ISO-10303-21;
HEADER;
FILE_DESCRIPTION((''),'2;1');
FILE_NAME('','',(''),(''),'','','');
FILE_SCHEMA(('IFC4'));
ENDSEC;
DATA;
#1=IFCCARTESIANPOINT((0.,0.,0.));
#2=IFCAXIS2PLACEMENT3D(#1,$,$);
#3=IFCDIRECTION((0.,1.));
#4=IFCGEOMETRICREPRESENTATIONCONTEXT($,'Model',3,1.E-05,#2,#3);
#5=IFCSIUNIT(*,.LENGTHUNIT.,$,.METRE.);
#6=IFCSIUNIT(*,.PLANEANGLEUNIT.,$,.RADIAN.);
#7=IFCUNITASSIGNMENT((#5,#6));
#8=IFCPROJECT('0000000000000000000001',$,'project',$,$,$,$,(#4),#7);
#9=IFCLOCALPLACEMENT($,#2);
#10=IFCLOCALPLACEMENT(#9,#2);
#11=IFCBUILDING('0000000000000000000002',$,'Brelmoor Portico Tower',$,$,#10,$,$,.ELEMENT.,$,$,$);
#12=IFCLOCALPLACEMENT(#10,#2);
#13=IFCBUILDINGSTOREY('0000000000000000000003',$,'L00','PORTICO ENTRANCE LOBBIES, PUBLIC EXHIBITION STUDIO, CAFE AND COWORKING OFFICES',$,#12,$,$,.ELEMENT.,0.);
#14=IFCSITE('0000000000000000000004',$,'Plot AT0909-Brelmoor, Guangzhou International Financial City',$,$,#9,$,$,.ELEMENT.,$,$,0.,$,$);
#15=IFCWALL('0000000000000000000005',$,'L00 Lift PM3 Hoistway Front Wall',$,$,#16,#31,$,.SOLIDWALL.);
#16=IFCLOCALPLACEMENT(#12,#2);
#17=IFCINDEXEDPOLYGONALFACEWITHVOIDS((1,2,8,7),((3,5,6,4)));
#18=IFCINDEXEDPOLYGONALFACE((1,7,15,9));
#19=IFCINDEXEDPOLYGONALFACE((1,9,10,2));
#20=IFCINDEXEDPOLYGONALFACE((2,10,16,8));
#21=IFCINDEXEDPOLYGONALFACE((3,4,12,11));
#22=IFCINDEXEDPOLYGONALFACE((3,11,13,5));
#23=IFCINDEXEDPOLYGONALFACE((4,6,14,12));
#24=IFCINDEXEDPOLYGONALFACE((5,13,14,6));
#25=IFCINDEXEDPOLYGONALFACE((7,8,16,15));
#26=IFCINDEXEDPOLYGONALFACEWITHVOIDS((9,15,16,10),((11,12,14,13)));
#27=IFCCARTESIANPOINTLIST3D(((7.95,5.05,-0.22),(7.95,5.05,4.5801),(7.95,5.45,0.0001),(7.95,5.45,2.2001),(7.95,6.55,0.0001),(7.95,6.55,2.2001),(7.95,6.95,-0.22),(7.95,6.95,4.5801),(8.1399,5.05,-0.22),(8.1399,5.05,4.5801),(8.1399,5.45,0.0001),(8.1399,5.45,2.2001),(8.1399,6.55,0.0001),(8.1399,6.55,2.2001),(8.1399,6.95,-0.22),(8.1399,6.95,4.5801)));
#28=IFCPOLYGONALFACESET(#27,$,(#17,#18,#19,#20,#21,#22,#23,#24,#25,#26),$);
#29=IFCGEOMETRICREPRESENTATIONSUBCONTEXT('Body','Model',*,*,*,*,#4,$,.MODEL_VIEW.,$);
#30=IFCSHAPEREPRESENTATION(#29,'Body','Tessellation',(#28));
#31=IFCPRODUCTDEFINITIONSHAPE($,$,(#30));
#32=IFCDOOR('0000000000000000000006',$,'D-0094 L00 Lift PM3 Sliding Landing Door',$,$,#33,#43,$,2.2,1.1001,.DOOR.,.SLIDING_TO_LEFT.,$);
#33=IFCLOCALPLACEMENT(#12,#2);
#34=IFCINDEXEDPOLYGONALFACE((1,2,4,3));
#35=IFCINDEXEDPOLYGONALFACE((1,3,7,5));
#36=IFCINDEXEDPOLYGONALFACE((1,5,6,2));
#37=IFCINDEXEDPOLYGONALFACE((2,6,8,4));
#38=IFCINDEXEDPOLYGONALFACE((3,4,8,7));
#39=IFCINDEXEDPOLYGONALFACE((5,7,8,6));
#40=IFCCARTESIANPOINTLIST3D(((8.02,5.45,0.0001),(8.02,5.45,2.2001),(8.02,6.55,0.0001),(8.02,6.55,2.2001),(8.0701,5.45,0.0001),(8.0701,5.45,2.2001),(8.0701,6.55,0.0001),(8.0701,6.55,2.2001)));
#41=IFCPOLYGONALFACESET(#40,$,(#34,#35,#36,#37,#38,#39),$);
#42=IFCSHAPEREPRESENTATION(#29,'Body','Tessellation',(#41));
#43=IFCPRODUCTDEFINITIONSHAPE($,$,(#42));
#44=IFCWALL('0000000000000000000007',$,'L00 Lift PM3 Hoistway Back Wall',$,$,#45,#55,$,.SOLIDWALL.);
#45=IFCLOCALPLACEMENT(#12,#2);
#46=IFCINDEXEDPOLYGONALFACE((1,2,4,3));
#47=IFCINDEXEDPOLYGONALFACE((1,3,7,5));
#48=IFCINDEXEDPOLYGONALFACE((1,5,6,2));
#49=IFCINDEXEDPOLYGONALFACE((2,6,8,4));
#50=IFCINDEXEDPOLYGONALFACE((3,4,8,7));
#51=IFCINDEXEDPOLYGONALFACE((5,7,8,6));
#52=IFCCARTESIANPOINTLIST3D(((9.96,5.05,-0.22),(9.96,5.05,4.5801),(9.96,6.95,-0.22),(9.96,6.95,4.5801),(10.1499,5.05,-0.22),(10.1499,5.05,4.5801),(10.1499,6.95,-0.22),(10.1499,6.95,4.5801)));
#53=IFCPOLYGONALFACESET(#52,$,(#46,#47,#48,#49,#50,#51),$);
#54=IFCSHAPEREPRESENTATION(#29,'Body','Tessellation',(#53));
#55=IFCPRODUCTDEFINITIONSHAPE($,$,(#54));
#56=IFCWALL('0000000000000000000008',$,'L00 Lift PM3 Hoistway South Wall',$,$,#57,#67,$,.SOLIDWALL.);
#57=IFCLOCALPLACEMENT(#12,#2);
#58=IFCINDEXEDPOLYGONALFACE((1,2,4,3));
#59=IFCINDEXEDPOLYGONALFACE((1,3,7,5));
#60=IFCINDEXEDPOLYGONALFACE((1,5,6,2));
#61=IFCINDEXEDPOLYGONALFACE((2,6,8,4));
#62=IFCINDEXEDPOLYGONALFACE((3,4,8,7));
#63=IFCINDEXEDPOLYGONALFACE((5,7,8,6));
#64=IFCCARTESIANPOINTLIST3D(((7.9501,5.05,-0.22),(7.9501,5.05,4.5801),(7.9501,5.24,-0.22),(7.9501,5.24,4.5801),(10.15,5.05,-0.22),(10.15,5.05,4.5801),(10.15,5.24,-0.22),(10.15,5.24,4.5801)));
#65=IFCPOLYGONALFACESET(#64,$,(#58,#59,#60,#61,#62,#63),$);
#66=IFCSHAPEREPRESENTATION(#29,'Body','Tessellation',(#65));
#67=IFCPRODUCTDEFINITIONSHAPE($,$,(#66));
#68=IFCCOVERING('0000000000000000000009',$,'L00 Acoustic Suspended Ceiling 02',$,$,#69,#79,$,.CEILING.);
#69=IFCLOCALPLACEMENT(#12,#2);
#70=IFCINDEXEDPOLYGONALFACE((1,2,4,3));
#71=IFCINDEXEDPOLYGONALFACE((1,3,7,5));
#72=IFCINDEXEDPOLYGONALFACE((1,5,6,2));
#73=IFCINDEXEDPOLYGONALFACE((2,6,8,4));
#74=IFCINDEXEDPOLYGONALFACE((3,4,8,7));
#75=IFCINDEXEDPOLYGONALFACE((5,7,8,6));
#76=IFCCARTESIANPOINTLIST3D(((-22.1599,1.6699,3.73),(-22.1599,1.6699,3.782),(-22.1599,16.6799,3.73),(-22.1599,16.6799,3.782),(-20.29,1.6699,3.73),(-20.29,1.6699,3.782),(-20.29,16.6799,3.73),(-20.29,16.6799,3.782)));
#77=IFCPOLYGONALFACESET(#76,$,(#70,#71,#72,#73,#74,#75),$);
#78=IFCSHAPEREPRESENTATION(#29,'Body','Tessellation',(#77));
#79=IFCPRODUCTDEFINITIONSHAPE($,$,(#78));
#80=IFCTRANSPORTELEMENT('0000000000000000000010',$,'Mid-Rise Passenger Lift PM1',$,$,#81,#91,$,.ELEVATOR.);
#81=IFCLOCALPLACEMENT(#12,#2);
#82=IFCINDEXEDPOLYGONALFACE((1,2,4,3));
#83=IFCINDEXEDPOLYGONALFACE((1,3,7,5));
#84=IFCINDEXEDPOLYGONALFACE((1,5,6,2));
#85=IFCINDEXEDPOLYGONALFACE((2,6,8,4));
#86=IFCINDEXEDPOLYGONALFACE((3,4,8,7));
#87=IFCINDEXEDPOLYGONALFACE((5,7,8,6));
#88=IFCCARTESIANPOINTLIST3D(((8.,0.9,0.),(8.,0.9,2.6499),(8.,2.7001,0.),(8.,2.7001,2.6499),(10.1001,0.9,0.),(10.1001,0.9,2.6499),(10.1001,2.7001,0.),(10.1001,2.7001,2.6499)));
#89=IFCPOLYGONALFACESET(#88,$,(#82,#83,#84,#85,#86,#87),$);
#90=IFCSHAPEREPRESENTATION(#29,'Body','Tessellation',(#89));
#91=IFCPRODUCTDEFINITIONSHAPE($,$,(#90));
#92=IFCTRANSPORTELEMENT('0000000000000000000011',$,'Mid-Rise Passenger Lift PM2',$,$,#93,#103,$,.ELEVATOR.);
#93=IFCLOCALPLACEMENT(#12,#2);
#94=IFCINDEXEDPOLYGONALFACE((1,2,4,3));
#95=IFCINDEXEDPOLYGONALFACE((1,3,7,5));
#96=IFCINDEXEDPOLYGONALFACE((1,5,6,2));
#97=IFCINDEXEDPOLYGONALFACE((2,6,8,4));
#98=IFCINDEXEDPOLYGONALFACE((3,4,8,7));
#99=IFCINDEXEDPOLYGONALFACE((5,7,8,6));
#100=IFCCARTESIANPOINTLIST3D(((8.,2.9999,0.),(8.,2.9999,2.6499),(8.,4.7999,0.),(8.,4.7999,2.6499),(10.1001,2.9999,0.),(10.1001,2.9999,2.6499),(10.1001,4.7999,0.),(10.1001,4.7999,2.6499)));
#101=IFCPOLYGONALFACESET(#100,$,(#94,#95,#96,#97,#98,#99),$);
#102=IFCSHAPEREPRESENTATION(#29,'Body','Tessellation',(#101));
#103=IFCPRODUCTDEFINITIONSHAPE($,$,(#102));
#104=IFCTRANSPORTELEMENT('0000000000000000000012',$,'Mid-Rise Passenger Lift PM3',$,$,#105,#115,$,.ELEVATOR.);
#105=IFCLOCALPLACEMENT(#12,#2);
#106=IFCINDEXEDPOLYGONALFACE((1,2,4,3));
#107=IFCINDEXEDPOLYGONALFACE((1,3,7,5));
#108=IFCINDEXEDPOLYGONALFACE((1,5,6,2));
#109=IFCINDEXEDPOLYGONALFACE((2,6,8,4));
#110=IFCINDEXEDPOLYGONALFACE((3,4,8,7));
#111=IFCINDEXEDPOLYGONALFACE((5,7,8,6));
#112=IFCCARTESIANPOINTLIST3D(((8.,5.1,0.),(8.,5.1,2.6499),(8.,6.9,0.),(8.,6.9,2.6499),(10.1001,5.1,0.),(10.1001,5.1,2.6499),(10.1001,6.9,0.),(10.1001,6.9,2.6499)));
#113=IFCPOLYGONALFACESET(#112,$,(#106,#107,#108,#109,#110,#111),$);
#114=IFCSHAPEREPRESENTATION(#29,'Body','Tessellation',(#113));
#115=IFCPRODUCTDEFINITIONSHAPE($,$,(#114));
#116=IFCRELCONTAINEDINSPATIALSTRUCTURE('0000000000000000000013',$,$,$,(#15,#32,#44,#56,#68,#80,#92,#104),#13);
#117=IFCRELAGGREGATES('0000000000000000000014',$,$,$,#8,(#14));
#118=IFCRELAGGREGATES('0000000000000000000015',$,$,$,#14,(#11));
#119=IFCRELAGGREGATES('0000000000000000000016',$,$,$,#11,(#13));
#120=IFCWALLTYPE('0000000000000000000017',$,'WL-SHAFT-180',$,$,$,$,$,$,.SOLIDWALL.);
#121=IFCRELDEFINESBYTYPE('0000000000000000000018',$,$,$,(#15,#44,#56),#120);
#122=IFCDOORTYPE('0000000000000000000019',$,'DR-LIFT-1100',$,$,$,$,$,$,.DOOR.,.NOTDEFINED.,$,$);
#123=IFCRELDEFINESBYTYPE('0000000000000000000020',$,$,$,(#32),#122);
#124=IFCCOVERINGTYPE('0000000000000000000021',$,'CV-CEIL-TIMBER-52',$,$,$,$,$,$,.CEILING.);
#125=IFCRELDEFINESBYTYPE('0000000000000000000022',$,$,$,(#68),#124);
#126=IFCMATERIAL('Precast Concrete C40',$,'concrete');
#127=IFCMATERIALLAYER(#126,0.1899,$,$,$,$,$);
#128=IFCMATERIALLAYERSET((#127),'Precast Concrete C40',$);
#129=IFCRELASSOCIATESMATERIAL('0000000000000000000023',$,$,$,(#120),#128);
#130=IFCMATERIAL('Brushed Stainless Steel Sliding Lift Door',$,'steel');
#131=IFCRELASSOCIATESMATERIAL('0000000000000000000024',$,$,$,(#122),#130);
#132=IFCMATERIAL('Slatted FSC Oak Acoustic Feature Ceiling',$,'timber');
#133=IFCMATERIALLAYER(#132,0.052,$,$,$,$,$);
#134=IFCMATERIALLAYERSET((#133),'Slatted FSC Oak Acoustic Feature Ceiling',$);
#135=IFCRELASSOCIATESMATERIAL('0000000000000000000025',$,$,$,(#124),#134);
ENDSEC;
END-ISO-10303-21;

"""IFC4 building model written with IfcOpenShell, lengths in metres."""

from ifc_helpers import new_model, si_unit, direction, frame, frame_2d, origin, origin_2d, place, context, subcontext, project, spatial, polyline, rectangle, outline, extrude, material, layer, layer_set, type_object, element, fill, save


model = new_model("IFC4")

# Units and contexts
model_context = context("Model", 3, precision=1e-05, world=origin(), true_north=direction((0.0, 1.0)))
body_context = subcontext(model_context, "Body", "Model", "MODEL_VIEW")
ifc_project = project(units=[si_unit("LENGTHUNIT", "METRE"), si_unit("PLANEANGLEUNIT", "RADIAN")], contexts=[model_context])

# Site, building, storey
site_placement = place(None, origin())
site = spatial("IfcSite", under=ifc_project, at=site_placement, Name="Plot AT0909-Brelmoor, Guangzhou International Financial City", CompositionType="ELEMENT", RefElevation=0.0)
building_placement = place(site_placement, origin())
building = spatial("IfcBuilding", under=site, at=building_placement, Name="Brelmoor Portico Tower", CompositionType="ELEMENT")
storey_placement = place(building_placement, origin())
storey = spatial("IfcBuildingStorey", under=building, at=storey_placement, Name="L00", Description="PORTICO ENTRANCE LOBBIES, PUBLIC EXHIBITION STUDIO, CAFE AND COWORKING OFFICES", CompositionType="ELEMENT", Elevation=0.0)

# Shared definitions
ifc_material_1 = material(Name="Precast Concrete C40", Category="concrete")
ifc_layer_1 = layer(ifc_material_1, 0.1899)
ifc_layer_set_1 = layer_set([ifc_layer_1], Name="Precast Concrete C40")
wall_type = type_object("IfcWallType", Name="WL-SHAFT-180", PredefinedType="SOLIDWALL", material=ifc_layer_set_1)
ifc_material_2 = material(Name="Brushed Stainless Steel Sliding Lift Door", Category="steel")
door_type = type_object("IfcDoorType", Name="DR-LIFT-1100", OperationType="NOTDEFINED", PredefinedType="DOOR", material=ifc_material_2)

# Wall, opening, door
wall_1_placement = place(storey_placement, frame((8.0449, 5.05, -0.22), z_axis=(0.0, 0.0, 1.0), x_axis=(0.0, 1.0, 0.0)))
wall_1 = element("IfcWall", 1, at=wall_1_placement, inside=storey, type_object=wall_type, Name="L00 Lift PM3 Hoistway Front Wall", PredefinedType="SOLIDWALL", context=body_context, shape_type="SweptSolid", body=[
    extrude(rectangle(XDim=1.8999, YDim=0.1899, at=frame_2d((0.95, 0.0))), origin(), (0.0, 0.0, 1.0), 4.8),
])
opening_1_placement = place(wall_1_placement, frame((0.3999, 0.0, 0.22)))
opening_1 = element("IfcOpeningElement", 2, at=opening_1_placement, cuts=wall_1, PredefinedType="OPENING", context=body_context, shape_type="SweptSolid", body=[
    extrude(rectangle(XDim=1.1001, YDim=2.2, at=frame_2d((0.55, 1.1001))), frame((0.0, 0.105, 0.0), z_axis=(0.0, -1.0, 0.0), x_axis=(1.0, 0.0, 0.0)), (0.0, 0.0, 1.0), 0.21),
])
door_1_placement = place(opening_1_placement, origin())
door_1 = element("IfcDoor", 3, at=door_1_placement, inside=storey, type_object=door_type, Name="D-0094 L00 Lift PM3 Sliding Landing Door", OperationType="SLIDING_TO_LEFT", OverallHeight=2.2, OverallWidth=1.1001, PredefinedType="DOOR", context=body_context, shape_type="SweptSolid", body=[
    extrude(rectangle(XDim=1.1001, YDim=2.2, at=frame_2d((0.55, 1.1001))), frame((0.0, 0.0249, 0.0), z_axis=(0.0, -1.0, 0.0), x_axis=(1.0, 0.0, 0.0)), (0.0, 0.0, 1.0), 0.05),
])
fill(opening_1, door_1)

# Walls
wall_2_placement = place(storey_placement, frame((10.0549, 5.05, -0.22), z_axis=(0.0, 0.0, 1.0), x_axis=(0.0, 1.0, 0.0)))
element("IfcWall", 4, at=wall_2_placement, inside=storey, type_object=wall_type, Name="L00 Lift PM3 Hoistway Back Wall", PredefinedType="SOLIDWALL", context=body_context, shape_type="SweptSolid", body=[
    extrude(rectangle(XDim=1.8999, YDim=0.1899, at=frame_2d((0.95, 0.0))), origin(), (0.0, 0.0, 1.0), 4.8),
])
wall_3_placement = place(storey_placement, frame((7.95, 5.145, -0.22), z_axis=(0.0, 0.0, 1.0), x_axis=(1.0, 0.0, 0.0)))
element("IfcWall", 5, at=wall_3_placement, inside=storey, type_object=wall_type, Name="L00 Lift PM3 Hoistway South Wall", PredefinedType="SOLIDWALL", context=body_context, shape_type="SweptSolid", body=[
    extrude(rectangle(XDim=2.2, YDim=0.1899, at=frame_2d((1.1001, 0.0))), origin(), (0.0, 0.0, 1.0), 4.8),
])

# Covering
ifc_material_3 = material(Name="Slatted FSC Oak Acoustic Feature Ceiling", Category="timber")
ifc_layer_2 = layer(ifc_material_3, 0.052)
ifc_layer_set_2 = layer_set([ifc_layer_2], Name="Slatted FSC Oak Acoustic Feature Ceiling")
covering_type = type_object("IfcCoveringType", Name="CV-CEIL-TIMBER-52", PredefinedType="CEILING", material=ifc_layer_set_2)
covering_placement = place(storey_placement, frame((0.0, 0.0, 3.73)))
element("IfcCovering", 6, at=covering_placement, inside=storey, type_object=covering_type, Name="L00 Acoustic Suspended Ceiling 02", PredefinedType="CEILING", context=body_context, shape_type="SweptSolid", body=[
    extrude(outline(polyline([(-22.1599, 1.6699), (-22.1599, 16.6799), (-20.29, 16.6799), (-20.29, 1.6699), (-22.1599, 1.6699)])), origin(), (0.0, 0.0, 1.0), 0.052),
])

# Transport elements
for number, where, z_axis, x_axis, name in (
    (7, (9.05, 1.8, 0.0), (0.0, 0.0, 1.0), (0.0, 1.0, 0.0), "Mid-Rise Passenger Lift PM1"),
    (8, (9.05, 3.8999, 0.0), (0.0, 0.0, 1.0), (0.0, 1.0, 0.0), "Mid-Rise Passenger Lift PM2"),
    (9, (9.05, 6.0, 0.0), (0.0, 0.0, 1.0), (0.0, 1.0, 0.0), "Mid-Rise Passenger Lift PM3"),
):
    element("IfcTransportElement", number, at=place(storey_placement, frame(where, z_axis=z_axis, x_axis=x_axis)), inside=storey, Name=name, PredefinedType="ELEVATOR", context=body_context, shape_type="SweptSolid", body=[
        extrude(rectangle(XDim=1.8, YDim=2.1001, at=origin_2d()), origin(), (0.0, 0.0, 1.0), 2.6499),
    ])

save(model, "model.ifc")
